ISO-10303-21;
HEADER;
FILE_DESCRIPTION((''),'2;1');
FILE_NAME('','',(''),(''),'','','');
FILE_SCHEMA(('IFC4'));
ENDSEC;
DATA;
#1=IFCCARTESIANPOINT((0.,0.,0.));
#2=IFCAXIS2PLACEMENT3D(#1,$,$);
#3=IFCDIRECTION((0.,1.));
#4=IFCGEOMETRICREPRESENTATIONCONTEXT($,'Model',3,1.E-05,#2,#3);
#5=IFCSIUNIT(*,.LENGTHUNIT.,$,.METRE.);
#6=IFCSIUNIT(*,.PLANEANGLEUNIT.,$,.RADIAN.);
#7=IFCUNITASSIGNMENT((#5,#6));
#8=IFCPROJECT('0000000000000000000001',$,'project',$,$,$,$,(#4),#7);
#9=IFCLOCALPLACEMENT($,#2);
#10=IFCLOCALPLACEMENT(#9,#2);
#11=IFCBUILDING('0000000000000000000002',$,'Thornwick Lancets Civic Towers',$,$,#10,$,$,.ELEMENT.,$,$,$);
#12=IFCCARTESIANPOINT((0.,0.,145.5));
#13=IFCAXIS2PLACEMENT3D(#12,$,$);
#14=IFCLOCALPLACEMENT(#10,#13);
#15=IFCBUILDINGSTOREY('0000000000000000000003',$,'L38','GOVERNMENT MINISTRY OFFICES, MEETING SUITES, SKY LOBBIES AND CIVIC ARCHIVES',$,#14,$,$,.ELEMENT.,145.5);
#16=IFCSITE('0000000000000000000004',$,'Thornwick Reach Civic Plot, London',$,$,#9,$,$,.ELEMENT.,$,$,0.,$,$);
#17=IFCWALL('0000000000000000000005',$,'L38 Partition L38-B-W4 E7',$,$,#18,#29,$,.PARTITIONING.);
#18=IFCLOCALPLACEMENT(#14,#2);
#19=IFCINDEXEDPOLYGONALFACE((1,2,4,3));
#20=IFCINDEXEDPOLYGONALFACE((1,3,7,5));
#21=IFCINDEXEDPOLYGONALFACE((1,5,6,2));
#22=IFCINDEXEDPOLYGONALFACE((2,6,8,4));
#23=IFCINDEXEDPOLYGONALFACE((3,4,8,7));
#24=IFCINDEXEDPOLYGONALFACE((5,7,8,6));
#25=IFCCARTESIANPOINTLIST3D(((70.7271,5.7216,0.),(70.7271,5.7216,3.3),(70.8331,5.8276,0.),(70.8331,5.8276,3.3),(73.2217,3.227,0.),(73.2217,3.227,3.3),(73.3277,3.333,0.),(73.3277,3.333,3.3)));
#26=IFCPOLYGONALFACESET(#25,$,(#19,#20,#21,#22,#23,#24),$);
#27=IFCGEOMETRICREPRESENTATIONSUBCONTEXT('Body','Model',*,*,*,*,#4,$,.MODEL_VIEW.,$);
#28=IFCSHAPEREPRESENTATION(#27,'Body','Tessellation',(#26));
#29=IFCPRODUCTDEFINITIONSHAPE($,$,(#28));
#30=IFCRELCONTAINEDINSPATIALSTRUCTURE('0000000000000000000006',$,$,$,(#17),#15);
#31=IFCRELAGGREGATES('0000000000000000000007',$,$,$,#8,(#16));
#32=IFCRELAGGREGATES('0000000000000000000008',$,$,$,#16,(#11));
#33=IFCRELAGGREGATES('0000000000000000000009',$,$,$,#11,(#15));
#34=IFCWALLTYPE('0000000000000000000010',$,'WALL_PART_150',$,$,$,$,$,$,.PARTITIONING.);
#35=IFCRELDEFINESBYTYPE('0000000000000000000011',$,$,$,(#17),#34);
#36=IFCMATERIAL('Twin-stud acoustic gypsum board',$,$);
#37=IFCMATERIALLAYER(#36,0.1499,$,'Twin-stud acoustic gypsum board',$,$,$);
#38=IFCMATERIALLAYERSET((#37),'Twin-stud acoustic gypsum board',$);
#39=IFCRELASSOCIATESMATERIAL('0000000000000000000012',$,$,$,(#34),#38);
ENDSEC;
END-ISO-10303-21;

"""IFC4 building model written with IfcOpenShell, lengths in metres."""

from ifc_helpers import new_model, si_unit, direction, frame, frame_2d, origin, place, context, subcontext, project, spatial, rectangle, extrude, material, layer, layer_set, type_object, element, save


model = new_model("IFC4")

# Units and contexts
model_context = context("Model", 3, precision=1e-05, world=origin(), true_north=direction((0.0, 1.0)))
body_context = subcontext(model_context, "Body", "Model", "MODEL_VIEW")
ifc_project = project(units=[si_unit("LENGTHUNIT", "METRE"), si_unit("PLANEANGLEUNIT", "RADIAN")], contexts=[model_context])

# Site, building, storey
site_placement = place(None, origin())
site = spatial("IfcSite", under=ifc_project, at=site_placement, Name="Thornwick Reach Civic Plot, London", CompositionType="ELEMENT", RefElevation=0.0)
building_placement = place(site_placement, origin())
building = spatial("IfcBuilding", under=site, at=building_placement, Name="Thornwick Lancets Civic Towers", CompositionType="ELEMENT")
storey_placement = place(building_placement, frame((0.0, 0.0, 145.5)))
storey = spatial("IfcBuildingStorey", under=building, at=storey_placement, Name="L38", Description="GOVERNMENT MINISTRY OFFICES, MEETING SUITES, SKY LOBBIES AND CIVIC ARCHIVES", CompositionType="ELEMENT", Elevation=145.5)

# Wall
ifc_material_1 = material(Name="Twin-stud acoustic gypsum board")
ifc_layer_1 = layer(ifc_material_1, 0.1499, Name="Twin-stud acoustic gypsum board")
ifc_layer_set_1 = layer_set([ifc_layer_1], Name="Twin-stud acoustic gypsum board")
wall_type_1 = type_object("IfcWallType", Name="WALL_PART_150", PredefinedType="PARTITIONING", material=ifc_layer_set_1)
wall_1_placement = place(storey_placement, frame((73.2747, 3.28, 0.0), z_axis=(0.0, 0.0, 1.0), x_axis=(-0.707107, 0.707107, 0.0)))
element("IfcWall", 1, at=wall_1_placement, inside=storey, type_object=wall_type_1, Name="L38 Partition L38-B-W4 E7", PredefinedType="PARTITIONING", context=body_context, shape_type="SweptSolid", body=[
    extrude(rectangle(XDim=3.5278, YDim=0.1499, at=frame_2d((1.7639, 0.0))), origin(), (0.0, 0.0, 1.0), 3.3),
])

save(model, "model.ifc")
